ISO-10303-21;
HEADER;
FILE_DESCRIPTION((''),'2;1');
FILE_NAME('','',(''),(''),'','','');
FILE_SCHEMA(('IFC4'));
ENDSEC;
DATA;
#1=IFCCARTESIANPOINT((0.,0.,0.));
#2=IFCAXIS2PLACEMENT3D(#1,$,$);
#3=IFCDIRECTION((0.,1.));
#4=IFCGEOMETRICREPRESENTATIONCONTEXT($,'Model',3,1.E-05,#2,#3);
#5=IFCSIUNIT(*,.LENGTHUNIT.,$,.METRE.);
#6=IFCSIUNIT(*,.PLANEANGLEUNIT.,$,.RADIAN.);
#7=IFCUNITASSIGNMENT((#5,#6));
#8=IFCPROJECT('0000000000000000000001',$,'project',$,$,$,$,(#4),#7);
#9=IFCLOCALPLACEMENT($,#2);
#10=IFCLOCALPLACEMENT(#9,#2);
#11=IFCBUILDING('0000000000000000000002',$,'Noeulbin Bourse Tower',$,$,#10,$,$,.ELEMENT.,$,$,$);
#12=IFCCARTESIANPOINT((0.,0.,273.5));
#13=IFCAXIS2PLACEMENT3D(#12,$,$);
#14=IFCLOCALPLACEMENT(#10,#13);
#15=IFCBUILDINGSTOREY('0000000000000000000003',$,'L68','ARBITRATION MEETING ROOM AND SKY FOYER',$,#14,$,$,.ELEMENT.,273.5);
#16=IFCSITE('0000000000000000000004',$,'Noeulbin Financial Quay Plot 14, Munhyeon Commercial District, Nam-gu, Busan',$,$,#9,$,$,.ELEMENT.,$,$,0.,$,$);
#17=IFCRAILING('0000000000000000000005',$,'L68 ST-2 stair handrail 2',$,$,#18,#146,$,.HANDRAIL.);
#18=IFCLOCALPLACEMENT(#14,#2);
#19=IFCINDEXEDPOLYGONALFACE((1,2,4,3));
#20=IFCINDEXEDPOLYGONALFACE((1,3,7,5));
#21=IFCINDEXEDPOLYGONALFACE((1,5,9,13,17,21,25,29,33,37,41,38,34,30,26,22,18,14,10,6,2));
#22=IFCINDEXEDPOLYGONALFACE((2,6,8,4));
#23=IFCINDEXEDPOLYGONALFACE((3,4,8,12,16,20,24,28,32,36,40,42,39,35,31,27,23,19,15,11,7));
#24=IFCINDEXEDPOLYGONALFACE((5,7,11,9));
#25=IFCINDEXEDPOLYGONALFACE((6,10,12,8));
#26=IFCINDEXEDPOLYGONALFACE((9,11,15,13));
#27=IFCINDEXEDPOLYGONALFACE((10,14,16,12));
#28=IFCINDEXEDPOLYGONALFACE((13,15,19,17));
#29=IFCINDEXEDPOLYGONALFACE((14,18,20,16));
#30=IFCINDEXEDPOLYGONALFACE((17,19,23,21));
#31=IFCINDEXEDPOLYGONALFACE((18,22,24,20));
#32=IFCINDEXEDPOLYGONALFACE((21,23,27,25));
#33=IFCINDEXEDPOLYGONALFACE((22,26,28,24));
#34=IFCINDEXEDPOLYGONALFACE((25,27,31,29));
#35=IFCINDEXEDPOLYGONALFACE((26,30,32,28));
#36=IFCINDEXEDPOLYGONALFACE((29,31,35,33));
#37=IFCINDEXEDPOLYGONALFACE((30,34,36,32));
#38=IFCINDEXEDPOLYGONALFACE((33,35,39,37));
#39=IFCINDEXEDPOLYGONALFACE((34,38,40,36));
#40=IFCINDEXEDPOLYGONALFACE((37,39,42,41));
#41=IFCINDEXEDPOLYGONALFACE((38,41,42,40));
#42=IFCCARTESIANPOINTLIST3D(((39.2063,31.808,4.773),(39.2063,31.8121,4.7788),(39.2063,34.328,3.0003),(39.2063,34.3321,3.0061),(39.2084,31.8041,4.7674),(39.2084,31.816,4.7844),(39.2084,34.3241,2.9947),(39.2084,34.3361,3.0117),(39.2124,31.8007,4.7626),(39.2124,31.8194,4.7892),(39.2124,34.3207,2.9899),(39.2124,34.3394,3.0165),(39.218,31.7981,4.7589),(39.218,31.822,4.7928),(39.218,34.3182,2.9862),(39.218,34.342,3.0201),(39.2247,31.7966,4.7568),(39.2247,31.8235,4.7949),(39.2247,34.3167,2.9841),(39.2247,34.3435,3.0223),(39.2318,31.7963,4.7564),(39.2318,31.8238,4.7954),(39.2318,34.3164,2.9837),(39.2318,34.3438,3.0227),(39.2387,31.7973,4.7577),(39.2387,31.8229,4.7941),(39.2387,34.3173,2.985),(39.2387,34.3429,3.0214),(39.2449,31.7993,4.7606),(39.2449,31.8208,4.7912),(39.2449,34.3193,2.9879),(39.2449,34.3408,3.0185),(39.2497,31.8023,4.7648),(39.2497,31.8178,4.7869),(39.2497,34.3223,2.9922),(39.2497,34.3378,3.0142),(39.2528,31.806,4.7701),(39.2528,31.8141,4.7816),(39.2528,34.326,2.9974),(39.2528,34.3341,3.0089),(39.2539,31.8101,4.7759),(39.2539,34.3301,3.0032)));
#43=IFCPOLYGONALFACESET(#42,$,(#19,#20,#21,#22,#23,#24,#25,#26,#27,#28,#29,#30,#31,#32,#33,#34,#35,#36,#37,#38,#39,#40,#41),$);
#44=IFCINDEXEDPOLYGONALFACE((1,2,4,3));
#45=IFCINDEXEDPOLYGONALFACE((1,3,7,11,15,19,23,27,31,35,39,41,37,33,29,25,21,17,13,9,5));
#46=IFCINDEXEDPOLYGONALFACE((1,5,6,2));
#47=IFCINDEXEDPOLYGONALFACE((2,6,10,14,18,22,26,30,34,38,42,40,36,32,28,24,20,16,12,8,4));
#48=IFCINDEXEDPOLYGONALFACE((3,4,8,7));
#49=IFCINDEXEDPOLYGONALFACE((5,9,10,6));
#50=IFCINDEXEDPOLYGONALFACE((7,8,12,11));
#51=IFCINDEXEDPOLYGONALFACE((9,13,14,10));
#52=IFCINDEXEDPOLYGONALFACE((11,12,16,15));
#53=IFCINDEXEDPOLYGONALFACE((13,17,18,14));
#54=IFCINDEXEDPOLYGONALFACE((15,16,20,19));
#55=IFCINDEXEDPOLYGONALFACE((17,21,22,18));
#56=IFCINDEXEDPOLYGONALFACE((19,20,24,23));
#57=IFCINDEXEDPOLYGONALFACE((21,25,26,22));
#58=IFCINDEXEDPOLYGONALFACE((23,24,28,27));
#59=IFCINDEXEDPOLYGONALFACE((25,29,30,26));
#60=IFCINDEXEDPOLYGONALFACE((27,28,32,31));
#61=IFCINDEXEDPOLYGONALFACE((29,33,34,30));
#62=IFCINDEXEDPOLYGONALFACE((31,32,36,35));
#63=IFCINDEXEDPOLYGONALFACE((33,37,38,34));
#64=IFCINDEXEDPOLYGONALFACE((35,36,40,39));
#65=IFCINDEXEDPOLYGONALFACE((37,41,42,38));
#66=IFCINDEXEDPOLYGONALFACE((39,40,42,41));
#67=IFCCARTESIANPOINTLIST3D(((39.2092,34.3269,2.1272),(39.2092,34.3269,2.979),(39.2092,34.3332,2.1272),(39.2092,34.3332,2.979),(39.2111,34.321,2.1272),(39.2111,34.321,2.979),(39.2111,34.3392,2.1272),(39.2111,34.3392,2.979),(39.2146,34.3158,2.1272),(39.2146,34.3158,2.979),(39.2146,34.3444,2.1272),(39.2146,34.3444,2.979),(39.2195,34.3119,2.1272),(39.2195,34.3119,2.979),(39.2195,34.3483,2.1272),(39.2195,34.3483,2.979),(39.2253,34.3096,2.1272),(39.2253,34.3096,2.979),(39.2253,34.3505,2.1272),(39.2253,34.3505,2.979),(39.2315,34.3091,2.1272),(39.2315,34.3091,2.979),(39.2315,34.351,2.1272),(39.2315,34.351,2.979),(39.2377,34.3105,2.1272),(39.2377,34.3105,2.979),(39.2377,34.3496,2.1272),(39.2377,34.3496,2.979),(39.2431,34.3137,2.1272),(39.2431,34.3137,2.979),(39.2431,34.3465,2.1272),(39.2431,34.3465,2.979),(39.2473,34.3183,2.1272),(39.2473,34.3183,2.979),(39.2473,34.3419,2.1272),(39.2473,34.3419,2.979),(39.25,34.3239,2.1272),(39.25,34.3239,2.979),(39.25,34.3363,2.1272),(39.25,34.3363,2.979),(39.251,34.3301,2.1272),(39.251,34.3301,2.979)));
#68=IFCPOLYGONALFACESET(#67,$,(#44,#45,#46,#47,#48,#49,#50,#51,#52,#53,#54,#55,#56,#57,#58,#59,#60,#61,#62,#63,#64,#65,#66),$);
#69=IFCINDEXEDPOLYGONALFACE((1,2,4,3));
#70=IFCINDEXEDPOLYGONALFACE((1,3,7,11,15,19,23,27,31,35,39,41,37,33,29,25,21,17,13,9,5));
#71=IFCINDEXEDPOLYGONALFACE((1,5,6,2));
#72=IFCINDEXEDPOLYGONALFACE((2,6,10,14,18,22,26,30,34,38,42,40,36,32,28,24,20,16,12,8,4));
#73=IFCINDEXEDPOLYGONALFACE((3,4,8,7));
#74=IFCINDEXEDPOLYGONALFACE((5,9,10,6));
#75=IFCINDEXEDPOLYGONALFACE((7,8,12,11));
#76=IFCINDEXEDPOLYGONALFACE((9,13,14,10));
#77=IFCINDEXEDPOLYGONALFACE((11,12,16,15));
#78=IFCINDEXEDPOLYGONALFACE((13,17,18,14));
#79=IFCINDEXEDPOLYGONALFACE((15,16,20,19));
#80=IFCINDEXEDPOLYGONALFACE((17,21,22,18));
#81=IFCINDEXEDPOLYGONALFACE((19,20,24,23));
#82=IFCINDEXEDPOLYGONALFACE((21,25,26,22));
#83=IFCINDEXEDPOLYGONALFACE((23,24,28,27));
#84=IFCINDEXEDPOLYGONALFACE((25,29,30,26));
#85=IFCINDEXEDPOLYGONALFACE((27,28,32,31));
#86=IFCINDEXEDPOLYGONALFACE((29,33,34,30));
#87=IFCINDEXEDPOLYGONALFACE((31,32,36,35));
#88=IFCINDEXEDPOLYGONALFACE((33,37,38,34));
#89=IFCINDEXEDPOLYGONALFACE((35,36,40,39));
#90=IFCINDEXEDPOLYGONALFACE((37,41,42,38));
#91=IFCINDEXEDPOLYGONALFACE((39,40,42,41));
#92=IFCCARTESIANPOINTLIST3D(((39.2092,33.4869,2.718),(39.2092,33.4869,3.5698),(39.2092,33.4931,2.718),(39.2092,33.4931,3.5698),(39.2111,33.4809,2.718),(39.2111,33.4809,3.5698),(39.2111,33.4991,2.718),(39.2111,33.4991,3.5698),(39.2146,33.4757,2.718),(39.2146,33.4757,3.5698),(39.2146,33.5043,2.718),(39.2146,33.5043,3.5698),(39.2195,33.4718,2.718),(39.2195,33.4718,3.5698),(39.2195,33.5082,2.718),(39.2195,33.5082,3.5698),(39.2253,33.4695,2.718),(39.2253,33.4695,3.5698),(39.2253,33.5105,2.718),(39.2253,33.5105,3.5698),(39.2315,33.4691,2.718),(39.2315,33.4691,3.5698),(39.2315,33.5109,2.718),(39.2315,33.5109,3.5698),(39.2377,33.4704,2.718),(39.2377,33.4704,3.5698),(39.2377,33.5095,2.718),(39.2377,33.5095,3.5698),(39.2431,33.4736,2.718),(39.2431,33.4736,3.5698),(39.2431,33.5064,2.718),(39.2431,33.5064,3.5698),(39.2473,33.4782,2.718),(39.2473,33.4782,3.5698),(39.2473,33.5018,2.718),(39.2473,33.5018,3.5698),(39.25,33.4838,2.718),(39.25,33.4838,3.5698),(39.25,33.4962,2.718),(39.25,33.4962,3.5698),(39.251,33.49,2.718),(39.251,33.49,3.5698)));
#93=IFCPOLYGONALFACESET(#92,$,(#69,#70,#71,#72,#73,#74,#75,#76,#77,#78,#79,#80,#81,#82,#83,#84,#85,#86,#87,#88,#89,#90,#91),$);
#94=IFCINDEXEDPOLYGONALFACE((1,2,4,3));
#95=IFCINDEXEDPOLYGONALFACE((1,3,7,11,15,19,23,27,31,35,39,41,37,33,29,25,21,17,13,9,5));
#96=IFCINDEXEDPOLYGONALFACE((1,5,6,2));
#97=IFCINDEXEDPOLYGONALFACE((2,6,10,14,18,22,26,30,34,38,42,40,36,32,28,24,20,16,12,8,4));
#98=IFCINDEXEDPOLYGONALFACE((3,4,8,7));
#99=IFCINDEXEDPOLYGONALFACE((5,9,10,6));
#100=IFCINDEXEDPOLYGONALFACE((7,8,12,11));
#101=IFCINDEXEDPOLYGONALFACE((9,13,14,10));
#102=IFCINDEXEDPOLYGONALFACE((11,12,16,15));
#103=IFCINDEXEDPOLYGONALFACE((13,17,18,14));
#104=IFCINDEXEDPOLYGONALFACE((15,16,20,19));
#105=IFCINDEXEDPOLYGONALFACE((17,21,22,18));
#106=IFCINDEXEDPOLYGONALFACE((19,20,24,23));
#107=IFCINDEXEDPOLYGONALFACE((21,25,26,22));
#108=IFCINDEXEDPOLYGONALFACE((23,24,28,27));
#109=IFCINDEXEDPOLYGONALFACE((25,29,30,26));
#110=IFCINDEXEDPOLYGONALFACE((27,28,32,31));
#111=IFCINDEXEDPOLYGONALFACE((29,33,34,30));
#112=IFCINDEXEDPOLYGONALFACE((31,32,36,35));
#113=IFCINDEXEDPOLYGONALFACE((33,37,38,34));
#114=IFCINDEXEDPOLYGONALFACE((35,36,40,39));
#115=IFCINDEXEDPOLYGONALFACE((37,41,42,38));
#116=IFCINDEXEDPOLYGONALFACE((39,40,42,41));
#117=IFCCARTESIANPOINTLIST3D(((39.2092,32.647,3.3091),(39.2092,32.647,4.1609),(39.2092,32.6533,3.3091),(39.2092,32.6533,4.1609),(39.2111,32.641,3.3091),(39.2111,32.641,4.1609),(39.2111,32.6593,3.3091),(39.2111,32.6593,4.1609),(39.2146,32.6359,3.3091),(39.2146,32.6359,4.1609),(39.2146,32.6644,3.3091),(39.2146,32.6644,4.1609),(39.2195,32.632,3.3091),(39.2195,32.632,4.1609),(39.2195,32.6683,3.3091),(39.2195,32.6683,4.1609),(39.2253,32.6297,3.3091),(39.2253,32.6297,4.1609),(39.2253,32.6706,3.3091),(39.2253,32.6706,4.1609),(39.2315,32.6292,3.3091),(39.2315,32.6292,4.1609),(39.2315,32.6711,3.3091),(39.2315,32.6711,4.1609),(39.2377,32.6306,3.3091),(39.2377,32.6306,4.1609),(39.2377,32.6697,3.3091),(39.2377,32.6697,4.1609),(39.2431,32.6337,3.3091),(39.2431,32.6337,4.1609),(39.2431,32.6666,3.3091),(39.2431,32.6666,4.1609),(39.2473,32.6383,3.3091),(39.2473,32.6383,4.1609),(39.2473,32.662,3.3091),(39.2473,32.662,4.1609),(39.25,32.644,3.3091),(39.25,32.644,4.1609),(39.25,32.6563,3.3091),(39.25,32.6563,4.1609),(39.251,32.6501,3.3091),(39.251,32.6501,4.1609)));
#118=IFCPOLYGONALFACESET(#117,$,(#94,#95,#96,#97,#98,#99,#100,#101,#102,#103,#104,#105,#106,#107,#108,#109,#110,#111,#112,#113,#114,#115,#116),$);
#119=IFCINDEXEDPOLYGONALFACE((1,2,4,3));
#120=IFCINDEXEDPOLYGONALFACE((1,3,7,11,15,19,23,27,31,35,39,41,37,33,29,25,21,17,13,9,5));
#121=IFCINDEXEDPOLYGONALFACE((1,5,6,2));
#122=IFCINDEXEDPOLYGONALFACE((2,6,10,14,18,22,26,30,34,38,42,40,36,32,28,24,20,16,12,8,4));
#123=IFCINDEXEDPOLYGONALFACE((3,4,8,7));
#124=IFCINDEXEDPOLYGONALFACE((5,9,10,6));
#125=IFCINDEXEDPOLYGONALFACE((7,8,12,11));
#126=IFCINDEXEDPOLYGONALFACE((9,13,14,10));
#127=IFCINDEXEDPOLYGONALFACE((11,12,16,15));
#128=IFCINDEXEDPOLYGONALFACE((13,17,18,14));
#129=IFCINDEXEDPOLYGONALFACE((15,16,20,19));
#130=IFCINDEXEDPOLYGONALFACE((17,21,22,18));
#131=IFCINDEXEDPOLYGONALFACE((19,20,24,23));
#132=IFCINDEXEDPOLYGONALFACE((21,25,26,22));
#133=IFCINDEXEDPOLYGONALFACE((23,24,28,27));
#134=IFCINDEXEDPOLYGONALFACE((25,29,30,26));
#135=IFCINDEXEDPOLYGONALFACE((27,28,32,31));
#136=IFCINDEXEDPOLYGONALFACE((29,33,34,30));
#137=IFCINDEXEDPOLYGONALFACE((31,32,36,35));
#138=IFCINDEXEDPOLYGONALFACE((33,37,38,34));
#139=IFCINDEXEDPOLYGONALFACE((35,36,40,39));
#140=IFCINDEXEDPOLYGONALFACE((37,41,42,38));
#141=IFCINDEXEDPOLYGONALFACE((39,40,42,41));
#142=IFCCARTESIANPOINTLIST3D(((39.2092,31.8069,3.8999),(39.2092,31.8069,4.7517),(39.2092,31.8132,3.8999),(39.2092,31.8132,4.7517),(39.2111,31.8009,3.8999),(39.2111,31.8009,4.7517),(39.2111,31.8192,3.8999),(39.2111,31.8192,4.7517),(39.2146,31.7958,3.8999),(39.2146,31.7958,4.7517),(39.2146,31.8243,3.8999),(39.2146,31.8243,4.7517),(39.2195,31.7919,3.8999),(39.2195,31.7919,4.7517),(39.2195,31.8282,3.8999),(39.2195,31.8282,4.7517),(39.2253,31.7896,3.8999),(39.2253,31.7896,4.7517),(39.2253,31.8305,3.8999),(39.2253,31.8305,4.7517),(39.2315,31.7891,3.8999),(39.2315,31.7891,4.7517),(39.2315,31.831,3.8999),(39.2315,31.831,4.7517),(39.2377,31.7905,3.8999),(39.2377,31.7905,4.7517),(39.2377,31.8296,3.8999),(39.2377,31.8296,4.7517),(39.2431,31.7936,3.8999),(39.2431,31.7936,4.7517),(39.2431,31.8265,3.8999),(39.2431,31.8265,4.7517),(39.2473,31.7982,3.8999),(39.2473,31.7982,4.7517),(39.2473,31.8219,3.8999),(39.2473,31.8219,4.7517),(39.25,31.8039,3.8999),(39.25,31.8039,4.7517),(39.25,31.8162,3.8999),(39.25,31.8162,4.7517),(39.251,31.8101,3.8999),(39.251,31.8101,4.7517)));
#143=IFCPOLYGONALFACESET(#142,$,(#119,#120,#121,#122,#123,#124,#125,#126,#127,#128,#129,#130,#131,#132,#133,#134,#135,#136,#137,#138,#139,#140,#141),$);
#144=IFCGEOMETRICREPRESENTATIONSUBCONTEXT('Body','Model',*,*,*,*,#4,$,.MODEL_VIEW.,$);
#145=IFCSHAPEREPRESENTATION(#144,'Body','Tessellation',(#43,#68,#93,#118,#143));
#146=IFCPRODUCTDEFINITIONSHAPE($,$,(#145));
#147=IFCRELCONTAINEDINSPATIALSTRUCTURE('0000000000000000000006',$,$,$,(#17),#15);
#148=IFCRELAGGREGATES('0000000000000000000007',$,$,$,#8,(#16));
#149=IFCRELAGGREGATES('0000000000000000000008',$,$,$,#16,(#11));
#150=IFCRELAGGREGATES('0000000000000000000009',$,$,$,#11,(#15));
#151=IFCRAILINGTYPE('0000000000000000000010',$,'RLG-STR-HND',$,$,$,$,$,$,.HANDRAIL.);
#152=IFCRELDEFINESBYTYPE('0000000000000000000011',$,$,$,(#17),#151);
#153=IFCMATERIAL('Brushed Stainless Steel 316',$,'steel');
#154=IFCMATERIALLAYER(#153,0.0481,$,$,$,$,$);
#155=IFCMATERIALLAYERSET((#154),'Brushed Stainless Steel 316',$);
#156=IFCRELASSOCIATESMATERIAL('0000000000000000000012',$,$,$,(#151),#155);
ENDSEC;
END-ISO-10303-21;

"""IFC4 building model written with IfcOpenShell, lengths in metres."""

from ifc_helpers import new_model, si_unit, direction, frame, origin, origin_2d, place, context, subcontext, project, spatial, circle, extrude, material, layer, layer_set, type_object, element, save


model = new_model("IFC4")

# Units and contexts
model_context = context("Model", 3, precision=1e-05, world=origin(), true_north=direction((0.0, 1.0)))
body_context = subcontext(model_context, "Body", "Model", "MODEL_VIEW")
ifc_project = project(units=[si_unit("LENGTHUNIT", "METRE"), si_unit("PLANEANGLEUNIT", "RADIAN")], contexts=[model_context])

# Site, building, storey
site_placement = place(None, origin())
site = spatial("IfcSite", under=ifc_project, at=site_placement, Name="Noeulbin Financial Quay Plot 14, Munhyeon Commercial District, Nam-gu, Busan", CompositionType="ELEMENT", RefElevation=0.0)
building_placement = place(site_placement, origin())
building = spatial("IfcBuilding", under=site, at=building_placement, Name="Noeulbin Bourse Tower", CompositionType="ELEMENT")
storey_placement = place(building_placement, frame((0.0, 0.0, 273.5)))
storey = spatial("IfcBuildingStorey", under=building, at=storey_placement, Name="L68", Description="ARBITRATION MEETING ROOM AND SKY FOYER", CompositionType="ELEMENT", Elevation=273.5)

# Railing
ifc_material_1 = material(Name="Brushed Stainless Steel 316", Category="steel")
ifc_layer_1 = layer(ifc_material_1, 0.0481)
ifc_layer_set_1 = layer_set([ifc_layer_1], Name="Brushed Stainless Steel 316")
railing_type_1 = type_object("IfcRailingType", Name="RLG-STR-HND", PredefinedType="HANDRAIL", material=ifc_layer_set_1)
railing_1_placement = place(storey_placement, frame((39.23, 34.3301, 2.1272)))
element("IfcRailing", 1, at=railing_1_placement, inside=storey, type_object=railing_type_1, Name="L68 ST-2 stair handrail 2", PredefinedType="HANDRAIL", context=body_context, shape_type="SweptSolid", body=[
    extrude(circle(Radius=0.0239, at=origin_2d()), frame((0.0, 0.0, 0.876), z_axis=(0.0, -0.817904, 0.575354), x_axis=(1.0, 0.0, 0.0)), (0.0, 0.0, 1.0), 3.0811),
    extrude(circle(Radius=0.021, at=origin_2d()), origin(), (0.0, 0.0, 1.0), 0.8518),
    extrude(circle(Radius=0.021, at=origin_2d()), frame((0.0, -0.8401, 0.5908)), (0.0, 0.0, 1.0), 0.8518),
    extrude(circle(Radius=0.021, at=origin_2d()), frame((0.0, -1.6799, 1.1819)), (0.0, 0.0, 1.0), 0.8518),
    extrude(circle(Radius=0.021, at=origin_2d()), frame((0.0, -2.52, 1.7727)), (0.0, 0.0, 1.0), 0.8518),
])

save(model, "model.ifc")
